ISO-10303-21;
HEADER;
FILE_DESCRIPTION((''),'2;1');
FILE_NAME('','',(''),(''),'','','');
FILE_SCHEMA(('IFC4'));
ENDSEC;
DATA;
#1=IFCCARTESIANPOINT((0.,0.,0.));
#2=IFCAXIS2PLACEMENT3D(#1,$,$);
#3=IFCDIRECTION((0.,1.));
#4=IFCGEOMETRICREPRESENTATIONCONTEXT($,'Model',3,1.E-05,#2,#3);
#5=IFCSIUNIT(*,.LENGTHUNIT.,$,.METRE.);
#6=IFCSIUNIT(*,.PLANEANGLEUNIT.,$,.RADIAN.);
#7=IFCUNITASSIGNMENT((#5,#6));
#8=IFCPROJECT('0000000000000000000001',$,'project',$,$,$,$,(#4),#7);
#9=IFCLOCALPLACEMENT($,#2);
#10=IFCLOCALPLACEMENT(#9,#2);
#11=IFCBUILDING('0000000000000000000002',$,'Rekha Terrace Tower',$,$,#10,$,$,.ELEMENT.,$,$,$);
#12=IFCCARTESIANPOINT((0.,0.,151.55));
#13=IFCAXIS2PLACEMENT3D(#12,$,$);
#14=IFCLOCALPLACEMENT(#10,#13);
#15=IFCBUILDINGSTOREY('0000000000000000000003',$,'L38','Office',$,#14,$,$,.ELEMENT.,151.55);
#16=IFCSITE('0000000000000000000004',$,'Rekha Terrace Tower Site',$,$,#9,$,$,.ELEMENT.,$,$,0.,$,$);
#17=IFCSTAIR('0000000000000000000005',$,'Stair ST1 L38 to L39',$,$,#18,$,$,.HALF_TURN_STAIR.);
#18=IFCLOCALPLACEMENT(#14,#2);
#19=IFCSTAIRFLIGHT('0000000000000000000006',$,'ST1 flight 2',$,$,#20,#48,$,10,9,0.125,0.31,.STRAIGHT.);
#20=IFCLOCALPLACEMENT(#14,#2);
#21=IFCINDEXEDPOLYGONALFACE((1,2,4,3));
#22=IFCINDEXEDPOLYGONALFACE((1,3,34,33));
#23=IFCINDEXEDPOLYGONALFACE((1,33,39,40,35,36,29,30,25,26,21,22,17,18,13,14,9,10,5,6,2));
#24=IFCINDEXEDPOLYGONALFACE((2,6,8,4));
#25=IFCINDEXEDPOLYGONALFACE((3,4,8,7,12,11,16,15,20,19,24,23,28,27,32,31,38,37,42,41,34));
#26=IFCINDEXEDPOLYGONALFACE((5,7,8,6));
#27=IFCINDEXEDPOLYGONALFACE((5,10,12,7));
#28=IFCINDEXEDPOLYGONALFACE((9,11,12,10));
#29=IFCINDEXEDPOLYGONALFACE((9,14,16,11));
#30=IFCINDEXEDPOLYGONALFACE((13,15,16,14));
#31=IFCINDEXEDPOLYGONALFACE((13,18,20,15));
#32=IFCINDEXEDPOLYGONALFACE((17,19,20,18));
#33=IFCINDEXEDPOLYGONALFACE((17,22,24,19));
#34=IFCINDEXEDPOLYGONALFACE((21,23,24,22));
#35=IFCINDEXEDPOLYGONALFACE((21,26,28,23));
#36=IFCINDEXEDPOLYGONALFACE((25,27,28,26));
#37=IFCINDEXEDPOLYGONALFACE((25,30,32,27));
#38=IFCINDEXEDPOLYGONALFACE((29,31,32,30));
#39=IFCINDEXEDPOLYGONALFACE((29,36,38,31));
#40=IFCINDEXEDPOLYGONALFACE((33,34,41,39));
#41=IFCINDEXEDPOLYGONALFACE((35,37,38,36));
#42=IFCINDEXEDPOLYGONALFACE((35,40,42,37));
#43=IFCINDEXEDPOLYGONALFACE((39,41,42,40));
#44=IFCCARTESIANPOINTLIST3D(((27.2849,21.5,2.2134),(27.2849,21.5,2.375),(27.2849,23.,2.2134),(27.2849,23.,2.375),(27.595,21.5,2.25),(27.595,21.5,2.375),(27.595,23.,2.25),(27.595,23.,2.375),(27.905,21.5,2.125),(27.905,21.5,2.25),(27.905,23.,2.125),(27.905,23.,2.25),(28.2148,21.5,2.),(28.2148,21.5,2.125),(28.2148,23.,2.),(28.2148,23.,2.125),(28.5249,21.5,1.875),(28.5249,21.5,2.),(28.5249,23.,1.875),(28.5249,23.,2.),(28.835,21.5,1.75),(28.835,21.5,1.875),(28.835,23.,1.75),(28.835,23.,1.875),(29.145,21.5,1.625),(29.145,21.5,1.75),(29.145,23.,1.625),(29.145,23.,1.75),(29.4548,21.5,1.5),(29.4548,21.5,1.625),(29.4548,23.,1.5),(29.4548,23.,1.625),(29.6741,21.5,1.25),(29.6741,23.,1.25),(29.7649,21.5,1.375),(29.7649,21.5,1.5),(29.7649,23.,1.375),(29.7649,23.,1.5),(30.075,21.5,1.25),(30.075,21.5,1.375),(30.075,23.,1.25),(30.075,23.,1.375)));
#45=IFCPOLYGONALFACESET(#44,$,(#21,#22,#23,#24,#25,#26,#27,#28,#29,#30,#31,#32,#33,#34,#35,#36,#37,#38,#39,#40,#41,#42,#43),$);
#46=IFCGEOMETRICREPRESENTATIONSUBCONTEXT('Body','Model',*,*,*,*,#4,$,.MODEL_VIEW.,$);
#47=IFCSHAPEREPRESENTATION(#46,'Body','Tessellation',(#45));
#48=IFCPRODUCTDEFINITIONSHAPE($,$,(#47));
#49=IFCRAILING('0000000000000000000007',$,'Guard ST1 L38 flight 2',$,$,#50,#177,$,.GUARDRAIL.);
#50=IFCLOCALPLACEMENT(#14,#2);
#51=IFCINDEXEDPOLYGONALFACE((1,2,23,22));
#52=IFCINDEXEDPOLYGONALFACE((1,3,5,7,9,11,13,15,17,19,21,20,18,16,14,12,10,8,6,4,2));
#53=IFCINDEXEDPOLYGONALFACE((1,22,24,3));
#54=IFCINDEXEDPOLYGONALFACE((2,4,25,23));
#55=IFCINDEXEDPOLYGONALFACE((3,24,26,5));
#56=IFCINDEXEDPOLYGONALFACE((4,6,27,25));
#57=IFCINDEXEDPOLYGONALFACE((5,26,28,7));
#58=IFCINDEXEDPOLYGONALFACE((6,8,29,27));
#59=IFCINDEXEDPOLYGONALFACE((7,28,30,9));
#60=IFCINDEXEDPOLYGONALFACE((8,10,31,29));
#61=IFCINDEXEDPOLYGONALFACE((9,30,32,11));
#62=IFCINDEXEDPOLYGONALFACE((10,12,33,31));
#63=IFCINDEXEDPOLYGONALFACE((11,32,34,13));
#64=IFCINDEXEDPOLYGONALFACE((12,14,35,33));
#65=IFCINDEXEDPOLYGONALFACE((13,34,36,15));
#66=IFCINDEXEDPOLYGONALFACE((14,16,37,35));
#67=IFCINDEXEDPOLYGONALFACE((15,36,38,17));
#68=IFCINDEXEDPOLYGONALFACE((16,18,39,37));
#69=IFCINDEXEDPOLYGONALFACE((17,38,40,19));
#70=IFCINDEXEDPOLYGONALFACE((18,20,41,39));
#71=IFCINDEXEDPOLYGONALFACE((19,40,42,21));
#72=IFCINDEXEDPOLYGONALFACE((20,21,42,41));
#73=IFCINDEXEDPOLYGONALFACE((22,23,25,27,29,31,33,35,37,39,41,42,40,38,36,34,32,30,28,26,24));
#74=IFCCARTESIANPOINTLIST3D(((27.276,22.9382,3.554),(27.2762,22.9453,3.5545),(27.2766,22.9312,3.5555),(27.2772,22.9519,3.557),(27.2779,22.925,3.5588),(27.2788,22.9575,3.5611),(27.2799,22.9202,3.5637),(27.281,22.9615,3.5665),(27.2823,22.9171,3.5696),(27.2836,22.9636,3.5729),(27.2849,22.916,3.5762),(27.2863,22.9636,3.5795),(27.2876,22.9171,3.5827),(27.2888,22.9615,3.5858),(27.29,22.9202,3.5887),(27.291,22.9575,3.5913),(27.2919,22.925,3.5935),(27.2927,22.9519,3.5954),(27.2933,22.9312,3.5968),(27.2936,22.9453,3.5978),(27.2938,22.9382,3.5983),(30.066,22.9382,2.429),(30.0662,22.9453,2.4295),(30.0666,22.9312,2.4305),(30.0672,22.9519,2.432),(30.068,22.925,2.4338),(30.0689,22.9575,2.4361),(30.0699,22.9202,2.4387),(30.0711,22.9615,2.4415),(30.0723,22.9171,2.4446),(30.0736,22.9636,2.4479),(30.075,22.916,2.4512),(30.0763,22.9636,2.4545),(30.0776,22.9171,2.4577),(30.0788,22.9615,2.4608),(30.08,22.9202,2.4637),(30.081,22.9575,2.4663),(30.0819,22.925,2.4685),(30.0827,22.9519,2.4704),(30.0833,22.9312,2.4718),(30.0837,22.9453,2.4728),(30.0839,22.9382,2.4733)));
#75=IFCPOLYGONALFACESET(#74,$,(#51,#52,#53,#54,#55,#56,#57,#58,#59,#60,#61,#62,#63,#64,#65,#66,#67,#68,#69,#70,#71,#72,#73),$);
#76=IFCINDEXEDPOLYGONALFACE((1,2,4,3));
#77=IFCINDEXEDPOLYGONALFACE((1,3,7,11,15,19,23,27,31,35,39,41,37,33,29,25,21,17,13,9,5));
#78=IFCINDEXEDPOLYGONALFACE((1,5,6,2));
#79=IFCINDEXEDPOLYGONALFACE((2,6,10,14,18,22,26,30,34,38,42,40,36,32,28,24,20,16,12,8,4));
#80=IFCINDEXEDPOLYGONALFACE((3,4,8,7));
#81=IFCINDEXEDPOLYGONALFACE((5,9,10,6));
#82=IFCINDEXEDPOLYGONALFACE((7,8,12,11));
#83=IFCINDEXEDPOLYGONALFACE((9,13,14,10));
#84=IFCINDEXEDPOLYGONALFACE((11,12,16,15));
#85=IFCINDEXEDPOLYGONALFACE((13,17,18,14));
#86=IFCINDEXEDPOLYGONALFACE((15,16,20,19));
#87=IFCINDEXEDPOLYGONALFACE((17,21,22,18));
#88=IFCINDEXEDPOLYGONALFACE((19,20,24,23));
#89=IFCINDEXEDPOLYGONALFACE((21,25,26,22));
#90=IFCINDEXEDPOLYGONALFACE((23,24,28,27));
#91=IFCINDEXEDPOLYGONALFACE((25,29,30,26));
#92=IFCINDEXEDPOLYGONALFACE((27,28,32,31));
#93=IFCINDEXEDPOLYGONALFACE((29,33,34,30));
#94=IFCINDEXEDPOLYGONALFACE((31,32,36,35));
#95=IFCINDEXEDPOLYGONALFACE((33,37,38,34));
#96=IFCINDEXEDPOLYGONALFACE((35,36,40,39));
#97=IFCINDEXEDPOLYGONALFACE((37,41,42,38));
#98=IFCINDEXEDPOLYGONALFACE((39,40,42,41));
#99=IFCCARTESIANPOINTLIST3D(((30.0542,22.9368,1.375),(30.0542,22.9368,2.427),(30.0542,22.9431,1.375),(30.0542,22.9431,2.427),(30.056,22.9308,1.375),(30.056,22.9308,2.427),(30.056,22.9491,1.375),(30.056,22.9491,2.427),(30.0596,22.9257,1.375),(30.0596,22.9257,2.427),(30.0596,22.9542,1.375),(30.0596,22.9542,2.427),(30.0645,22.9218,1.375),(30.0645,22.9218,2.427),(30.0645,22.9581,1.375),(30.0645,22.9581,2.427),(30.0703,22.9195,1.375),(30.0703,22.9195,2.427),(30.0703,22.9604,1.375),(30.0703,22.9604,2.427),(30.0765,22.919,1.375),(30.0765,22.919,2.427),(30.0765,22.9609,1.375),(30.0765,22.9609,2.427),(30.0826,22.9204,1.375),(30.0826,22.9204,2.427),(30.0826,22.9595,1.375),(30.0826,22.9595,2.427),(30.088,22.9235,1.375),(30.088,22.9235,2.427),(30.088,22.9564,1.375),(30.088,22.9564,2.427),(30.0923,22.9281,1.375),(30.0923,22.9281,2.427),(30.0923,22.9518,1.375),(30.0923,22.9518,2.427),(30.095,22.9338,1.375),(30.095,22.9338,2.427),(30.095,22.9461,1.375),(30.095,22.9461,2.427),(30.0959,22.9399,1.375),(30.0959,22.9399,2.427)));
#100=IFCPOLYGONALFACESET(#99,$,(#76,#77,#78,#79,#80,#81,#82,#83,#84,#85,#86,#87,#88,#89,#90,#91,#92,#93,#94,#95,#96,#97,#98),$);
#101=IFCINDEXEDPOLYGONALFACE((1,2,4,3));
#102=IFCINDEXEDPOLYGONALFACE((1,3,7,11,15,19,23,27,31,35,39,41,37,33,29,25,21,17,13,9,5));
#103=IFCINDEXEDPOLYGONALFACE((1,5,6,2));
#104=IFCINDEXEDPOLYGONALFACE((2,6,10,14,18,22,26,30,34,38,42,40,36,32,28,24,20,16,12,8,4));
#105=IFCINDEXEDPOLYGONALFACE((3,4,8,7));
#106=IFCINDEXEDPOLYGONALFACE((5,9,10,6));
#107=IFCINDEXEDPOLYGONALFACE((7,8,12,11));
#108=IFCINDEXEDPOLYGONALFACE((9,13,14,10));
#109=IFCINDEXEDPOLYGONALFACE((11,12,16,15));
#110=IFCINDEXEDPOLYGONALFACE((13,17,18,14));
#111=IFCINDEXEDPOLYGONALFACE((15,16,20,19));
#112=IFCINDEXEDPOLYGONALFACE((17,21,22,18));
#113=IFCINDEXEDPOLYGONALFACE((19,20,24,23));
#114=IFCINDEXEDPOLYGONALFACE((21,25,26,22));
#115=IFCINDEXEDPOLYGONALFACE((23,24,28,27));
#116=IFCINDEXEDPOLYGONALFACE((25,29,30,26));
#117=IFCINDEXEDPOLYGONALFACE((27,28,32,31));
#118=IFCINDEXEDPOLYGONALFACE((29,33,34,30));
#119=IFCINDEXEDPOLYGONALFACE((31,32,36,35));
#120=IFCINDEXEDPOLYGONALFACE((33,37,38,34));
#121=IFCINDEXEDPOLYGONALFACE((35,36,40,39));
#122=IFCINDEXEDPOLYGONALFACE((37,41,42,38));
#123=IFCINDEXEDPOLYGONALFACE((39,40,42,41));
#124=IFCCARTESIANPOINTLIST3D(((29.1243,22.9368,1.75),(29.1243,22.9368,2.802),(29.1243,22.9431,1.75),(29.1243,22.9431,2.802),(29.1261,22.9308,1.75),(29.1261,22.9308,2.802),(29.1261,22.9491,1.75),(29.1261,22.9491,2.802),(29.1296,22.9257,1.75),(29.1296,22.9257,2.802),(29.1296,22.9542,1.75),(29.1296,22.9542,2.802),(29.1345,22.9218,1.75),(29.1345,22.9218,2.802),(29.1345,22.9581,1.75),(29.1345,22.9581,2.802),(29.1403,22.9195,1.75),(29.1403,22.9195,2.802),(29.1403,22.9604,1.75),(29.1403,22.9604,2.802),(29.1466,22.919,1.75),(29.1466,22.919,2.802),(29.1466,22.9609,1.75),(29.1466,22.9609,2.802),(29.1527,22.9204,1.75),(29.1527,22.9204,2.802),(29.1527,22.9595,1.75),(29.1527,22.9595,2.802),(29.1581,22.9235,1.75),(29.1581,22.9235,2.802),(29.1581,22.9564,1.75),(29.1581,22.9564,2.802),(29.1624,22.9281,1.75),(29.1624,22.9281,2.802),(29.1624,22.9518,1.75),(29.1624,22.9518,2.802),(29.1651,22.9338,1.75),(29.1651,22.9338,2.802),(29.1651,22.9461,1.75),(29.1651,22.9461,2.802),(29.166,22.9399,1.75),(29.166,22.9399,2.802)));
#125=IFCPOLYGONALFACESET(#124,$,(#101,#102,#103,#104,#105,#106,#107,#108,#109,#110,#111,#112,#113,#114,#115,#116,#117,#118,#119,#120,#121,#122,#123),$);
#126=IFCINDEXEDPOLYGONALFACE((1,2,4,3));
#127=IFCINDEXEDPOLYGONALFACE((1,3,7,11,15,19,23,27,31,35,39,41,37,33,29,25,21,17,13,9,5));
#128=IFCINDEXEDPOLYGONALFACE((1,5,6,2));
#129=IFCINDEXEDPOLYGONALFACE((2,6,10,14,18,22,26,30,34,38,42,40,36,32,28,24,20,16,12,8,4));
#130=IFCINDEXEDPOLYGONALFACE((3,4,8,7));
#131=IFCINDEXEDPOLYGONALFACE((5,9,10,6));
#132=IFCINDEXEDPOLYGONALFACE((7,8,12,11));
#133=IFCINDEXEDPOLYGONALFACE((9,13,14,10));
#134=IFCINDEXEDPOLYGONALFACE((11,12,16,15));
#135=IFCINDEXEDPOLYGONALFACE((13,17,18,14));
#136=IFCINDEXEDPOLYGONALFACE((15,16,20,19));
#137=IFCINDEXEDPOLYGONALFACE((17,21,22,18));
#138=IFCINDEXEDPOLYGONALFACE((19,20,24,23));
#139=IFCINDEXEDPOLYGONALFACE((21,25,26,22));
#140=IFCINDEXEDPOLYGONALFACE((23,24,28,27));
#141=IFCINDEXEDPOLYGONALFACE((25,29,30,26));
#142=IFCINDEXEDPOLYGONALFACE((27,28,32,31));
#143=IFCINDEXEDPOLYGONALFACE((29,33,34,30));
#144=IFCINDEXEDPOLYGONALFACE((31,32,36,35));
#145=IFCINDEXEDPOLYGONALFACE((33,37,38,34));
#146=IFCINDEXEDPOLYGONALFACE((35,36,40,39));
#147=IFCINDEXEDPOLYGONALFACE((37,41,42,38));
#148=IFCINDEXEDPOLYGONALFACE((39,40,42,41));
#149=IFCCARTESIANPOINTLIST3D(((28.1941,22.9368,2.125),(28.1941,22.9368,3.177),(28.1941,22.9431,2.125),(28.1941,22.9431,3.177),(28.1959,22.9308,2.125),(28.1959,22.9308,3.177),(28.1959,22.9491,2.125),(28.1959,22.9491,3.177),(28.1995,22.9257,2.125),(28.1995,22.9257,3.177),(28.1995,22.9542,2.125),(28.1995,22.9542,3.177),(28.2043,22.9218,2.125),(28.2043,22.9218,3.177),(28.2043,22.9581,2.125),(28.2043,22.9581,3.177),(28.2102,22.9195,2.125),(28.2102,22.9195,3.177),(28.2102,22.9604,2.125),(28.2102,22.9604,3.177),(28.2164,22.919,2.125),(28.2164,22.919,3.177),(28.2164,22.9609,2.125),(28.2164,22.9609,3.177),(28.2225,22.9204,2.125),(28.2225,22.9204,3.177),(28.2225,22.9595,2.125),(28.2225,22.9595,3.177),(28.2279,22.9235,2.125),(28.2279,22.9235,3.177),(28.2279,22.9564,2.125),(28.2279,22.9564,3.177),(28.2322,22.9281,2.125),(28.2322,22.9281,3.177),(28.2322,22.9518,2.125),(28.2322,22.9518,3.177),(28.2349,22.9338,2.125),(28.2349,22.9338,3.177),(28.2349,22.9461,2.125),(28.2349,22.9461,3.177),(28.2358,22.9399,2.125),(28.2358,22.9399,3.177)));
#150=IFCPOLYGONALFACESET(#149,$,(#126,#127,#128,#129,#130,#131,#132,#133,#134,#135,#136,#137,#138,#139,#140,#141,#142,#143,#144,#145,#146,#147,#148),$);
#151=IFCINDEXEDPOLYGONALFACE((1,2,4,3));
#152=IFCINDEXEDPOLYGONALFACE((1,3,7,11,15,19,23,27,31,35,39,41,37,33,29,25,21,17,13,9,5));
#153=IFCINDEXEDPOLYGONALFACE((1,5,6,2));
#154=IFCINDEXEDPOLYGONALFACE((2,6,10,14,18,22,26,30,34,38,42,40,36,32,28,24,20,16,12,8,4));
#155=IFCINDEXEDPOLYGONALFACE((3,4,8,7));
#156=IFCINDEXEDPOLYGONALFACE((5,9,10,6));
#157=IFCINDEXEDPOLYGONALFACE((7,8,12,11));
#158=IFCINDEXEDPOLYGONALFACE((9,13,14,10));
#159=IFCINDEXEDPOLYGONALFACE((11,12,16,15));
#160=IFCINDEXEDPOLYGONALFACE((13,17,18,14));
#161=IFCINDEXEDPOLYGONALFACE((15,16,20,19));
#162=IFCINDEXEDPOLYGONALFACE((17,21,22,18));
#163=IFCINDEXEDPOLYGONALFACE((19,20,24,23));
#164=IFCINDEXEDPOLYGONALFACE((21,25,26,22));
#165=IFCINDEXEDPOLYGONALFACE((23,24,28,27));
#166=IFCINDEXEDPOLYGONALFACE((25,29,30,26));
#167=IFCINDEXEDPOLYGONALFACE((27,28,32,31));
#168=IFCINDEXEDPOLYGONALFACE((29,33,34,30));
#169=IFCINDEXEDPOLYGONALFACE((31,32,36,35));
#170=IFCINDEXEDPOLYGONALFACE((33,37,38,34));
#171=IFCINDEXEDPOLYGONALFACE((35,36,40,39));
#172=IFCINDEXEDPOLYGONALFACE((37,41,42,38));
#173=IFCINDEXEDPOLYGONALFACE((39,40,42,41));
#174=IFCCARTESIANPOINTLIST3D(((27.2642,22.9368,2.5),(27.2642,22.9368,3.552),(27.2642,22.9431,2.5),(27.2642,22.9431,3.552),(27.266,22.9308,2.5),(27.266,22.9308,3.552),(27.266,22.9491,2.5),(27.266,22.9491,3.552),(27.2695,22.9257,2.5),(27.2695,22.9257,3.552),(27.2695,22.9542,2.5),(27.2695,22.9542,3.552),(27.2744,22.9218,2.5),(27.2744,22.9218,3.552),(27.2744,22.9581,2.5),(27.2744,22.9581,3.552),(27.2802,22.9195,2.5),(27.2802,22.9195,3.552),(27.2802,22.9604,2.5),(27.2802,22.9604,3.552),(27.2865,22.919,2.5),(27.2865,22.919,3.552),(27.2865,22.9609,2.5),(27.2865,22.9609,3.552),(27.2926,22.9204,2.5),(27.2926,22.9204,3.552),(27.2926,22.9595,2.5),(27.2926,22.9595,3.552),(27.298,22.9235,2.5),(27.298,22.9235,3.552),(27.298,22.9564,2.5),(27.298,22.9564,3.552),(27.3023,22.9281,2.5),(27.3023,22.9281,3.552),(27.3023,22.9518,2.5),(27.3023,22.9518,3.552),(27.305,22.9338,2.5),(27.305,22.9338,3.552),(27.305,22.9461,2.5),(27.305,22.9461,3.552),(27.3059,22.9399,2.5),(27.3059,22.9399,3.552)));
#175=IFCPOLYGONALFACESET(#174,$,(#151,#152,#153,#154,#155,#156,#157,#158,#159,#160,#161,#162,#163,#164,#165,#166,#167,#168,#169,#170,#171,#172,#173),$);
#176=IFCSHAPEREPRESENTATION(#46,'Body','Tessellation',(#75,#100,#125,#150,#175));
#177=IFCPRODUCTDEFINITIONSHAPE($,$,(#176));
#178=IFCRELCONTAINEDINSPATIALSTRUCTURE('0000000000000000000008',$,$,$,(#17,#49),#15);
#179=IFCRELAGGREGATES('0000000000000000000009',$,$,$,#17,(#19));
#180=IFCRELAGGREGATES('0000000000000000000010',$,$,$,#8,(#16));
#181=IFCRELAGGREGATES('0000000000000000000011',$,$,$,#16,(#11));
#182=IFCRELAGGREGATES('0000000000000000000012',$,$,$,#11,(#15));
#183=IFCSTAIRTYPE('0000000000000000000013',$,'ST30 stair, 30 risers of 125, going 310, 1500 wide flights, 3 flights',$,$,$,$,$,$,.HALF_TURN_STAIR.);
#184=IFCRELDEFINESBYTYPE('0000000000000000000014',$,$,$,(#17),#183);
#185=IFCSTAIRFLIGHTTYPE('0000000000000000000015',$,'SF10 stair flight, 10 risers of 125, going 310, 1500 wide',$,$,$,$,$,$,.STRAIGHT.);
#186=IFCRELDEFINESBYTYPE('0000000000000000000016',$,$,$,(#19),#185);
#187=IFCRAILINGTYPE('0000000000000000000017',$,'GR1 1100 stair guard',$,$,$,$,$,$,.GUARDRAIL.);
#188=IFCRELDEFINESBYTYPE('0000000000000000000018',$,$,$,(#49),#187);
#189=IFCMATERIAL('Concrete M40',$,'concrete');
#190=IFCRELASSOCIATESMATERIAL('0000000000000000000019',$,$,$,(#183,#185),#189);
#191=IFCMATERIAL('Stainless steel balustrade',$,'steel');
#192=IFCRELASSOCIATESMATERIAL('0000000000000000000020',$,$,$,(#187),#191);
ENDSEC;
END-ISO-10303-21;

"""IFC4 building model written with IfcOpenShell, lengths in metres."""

from ifc_helpers import new_model, si_unit, direction, frame, origin, origin_2d, place, context, subcontext, project, spatial, polyline, circle, outline, extrude, material, type_object, element, aggregate, save


model = new_model("IFC4")

# Units and contexts
model_context = context("Model", 3, precision=1e-05, world=origin(), true_north=direction((0.0, 1.0)))
body_context = subcontext(model_context, "Body", "Model", "MODEL_VIEW")
ifc_project = project(units=[si_unit("LENGTHUNIT", "METRE"), si_unit("PLANEANGLEUNIT", "RADIAN")], contexts=[model_context])

# Site, building, storey
site_placement = place(None, origin())
site = spatial("IfcSite", under=ifc_project, at=site_placement, Name="Rekha Terrace Tower Site", CompositionType="ELEMENT", RefElevation=0.0)
building_placement = place(site_placement, origin())
building = spatial("IfcBuilding", under=site, at=building_placement, Name="Rekha Terrace Tower", CompositionType="ELEMENT")
storey_placement = place(building_placement, frame((0.0, 0.0, 151.55)))
storey = spatial("IfcBuildingStorey", under=building, at=storey_placement, Name="L38", Description="Office", CompositionType="ELEMENT", Elevation=151.55)

# Stair, stair flight
ifc_material_1 = material(Name="Concrete M40", Category="concrete")
stair_type = type_object("IfcStairType", Name="ST30 stair, 30 risers of 125, going 310, 1500 wide flights, 3 flights", PredefinedType="HALF_TURN_STAIR", material=ifc_material_1)
stair_placement = place(storey_placement, origin())
stair = element("IfcStair", 1, at=stair_placement, inside=storey, type_object=stair_type, Name="Stair ST1 L38 to L39", PredefinedType="HALF_TURN_STAIR")
stair_flight_type = type_object("IfcStairFlightType", Name="SF10 stair flight, 10 risers of 125, going 310, 1500 wide", PredefinedType="STRAIGHT", material=ifc_material_1)
stair_flight_placement = place(storey_placement, frame((30.075, 22.25, 1.25), z_axis=(0.0, 0.0, 1.0), x_axis=(-1.0, 0.0, 0.0)))
stair_flight = element("IfcStairFlight", 2, at=stair_flight_placement, type_object=stair_flight_type, Name="ST1 flight 2", NumberOfRisers=10, NumberOfTreads=9, PredefinedType="STRAIGHT", RiserHeight=0.125, TreadLength=0.31, context=body_context, shape_type="SweptSolid", body=[
    extrude(outline(polyline([(0.0, 0.0), (0.0, 0.125), (0.3101, 0.125), (0.3101, 0.25), (0.6201, 0.25), (0.6201, 0.375), (0.9299, 0.375), (0.9299, 0.5), (1.24, 0.5), (1.24, 0.625), (1.55, 0.625), (1.55, 0.75), (1.8601, 0.75), (1.8601, 0.875), (2.1699, 0.875), (2.1699, 1.0), (2.48, 1.0), (2.48, 1.125), (2.79, 1.125), (2.79, 1.25), (2.79, 0.9634), (0.4009, 0.0), (0.0, 0.0)])), frame((0.0, 0.75, 0.0), z_axis=(0.0, -1.0, 0.0), x_axis=(1.0, 0.0, 0.0)), (0.0, 0.0, 1.0), 1.5),
])
aggregate(stair, [stair_flight])

# Railing
ifc_material_2 = material(Name="Stainless steel balustrade", Category="steel")
railing_type_1 = type_object("IfcRailingType", Name="GR1 1100 stair guard", PredefinedType="GUARDRAIL", material=ifc_material_2)
railing_1_placement = place(storey_placement, frame((30.075, 22.9399, 1.375)))
element("IfcRailing", 3, at=railing_1_placement, inside=storey, type_object=railing_type_1, Name="Guard ST1 L38 flight 2", PredefinedType="GUARDRAIL", context=body_context, shape_type="SweptSolid", body=[
    extrude(circle(Radius=0.0239, at=origin_2d()), frame((0.0, 0.0, 1.0762), z_axis=(-0.927443, 0.0, 0.373964), x_axis=(0.0, -1.0, 0.0)), (0.0, 0.0, 1.0), 3.0083),
    extrude(circle(Radius=0.021, at=origin_2d()), origin(), (0.0, 0.0, 1.0), 1.052),
    extrude(circle(Radius=0.021, at=origin_2d()), frame((-0.9299, 0.0, 0.375)), (0.0, 0.0, 1.0), 1.052),
    extrude(circle(Radius=0.021, at=origin_2d()), frame((-1.8601, 0.0, 0.75)), (0.0, 0.0, 1.0), 1.052),
    extrude(circle(Radius=0.021, at=origin_2d()), frame((-2.79, 0.0, 1.125)), (0.0, 0.0, 1.0), 1.052),
])

save(model, "model.ifc")
